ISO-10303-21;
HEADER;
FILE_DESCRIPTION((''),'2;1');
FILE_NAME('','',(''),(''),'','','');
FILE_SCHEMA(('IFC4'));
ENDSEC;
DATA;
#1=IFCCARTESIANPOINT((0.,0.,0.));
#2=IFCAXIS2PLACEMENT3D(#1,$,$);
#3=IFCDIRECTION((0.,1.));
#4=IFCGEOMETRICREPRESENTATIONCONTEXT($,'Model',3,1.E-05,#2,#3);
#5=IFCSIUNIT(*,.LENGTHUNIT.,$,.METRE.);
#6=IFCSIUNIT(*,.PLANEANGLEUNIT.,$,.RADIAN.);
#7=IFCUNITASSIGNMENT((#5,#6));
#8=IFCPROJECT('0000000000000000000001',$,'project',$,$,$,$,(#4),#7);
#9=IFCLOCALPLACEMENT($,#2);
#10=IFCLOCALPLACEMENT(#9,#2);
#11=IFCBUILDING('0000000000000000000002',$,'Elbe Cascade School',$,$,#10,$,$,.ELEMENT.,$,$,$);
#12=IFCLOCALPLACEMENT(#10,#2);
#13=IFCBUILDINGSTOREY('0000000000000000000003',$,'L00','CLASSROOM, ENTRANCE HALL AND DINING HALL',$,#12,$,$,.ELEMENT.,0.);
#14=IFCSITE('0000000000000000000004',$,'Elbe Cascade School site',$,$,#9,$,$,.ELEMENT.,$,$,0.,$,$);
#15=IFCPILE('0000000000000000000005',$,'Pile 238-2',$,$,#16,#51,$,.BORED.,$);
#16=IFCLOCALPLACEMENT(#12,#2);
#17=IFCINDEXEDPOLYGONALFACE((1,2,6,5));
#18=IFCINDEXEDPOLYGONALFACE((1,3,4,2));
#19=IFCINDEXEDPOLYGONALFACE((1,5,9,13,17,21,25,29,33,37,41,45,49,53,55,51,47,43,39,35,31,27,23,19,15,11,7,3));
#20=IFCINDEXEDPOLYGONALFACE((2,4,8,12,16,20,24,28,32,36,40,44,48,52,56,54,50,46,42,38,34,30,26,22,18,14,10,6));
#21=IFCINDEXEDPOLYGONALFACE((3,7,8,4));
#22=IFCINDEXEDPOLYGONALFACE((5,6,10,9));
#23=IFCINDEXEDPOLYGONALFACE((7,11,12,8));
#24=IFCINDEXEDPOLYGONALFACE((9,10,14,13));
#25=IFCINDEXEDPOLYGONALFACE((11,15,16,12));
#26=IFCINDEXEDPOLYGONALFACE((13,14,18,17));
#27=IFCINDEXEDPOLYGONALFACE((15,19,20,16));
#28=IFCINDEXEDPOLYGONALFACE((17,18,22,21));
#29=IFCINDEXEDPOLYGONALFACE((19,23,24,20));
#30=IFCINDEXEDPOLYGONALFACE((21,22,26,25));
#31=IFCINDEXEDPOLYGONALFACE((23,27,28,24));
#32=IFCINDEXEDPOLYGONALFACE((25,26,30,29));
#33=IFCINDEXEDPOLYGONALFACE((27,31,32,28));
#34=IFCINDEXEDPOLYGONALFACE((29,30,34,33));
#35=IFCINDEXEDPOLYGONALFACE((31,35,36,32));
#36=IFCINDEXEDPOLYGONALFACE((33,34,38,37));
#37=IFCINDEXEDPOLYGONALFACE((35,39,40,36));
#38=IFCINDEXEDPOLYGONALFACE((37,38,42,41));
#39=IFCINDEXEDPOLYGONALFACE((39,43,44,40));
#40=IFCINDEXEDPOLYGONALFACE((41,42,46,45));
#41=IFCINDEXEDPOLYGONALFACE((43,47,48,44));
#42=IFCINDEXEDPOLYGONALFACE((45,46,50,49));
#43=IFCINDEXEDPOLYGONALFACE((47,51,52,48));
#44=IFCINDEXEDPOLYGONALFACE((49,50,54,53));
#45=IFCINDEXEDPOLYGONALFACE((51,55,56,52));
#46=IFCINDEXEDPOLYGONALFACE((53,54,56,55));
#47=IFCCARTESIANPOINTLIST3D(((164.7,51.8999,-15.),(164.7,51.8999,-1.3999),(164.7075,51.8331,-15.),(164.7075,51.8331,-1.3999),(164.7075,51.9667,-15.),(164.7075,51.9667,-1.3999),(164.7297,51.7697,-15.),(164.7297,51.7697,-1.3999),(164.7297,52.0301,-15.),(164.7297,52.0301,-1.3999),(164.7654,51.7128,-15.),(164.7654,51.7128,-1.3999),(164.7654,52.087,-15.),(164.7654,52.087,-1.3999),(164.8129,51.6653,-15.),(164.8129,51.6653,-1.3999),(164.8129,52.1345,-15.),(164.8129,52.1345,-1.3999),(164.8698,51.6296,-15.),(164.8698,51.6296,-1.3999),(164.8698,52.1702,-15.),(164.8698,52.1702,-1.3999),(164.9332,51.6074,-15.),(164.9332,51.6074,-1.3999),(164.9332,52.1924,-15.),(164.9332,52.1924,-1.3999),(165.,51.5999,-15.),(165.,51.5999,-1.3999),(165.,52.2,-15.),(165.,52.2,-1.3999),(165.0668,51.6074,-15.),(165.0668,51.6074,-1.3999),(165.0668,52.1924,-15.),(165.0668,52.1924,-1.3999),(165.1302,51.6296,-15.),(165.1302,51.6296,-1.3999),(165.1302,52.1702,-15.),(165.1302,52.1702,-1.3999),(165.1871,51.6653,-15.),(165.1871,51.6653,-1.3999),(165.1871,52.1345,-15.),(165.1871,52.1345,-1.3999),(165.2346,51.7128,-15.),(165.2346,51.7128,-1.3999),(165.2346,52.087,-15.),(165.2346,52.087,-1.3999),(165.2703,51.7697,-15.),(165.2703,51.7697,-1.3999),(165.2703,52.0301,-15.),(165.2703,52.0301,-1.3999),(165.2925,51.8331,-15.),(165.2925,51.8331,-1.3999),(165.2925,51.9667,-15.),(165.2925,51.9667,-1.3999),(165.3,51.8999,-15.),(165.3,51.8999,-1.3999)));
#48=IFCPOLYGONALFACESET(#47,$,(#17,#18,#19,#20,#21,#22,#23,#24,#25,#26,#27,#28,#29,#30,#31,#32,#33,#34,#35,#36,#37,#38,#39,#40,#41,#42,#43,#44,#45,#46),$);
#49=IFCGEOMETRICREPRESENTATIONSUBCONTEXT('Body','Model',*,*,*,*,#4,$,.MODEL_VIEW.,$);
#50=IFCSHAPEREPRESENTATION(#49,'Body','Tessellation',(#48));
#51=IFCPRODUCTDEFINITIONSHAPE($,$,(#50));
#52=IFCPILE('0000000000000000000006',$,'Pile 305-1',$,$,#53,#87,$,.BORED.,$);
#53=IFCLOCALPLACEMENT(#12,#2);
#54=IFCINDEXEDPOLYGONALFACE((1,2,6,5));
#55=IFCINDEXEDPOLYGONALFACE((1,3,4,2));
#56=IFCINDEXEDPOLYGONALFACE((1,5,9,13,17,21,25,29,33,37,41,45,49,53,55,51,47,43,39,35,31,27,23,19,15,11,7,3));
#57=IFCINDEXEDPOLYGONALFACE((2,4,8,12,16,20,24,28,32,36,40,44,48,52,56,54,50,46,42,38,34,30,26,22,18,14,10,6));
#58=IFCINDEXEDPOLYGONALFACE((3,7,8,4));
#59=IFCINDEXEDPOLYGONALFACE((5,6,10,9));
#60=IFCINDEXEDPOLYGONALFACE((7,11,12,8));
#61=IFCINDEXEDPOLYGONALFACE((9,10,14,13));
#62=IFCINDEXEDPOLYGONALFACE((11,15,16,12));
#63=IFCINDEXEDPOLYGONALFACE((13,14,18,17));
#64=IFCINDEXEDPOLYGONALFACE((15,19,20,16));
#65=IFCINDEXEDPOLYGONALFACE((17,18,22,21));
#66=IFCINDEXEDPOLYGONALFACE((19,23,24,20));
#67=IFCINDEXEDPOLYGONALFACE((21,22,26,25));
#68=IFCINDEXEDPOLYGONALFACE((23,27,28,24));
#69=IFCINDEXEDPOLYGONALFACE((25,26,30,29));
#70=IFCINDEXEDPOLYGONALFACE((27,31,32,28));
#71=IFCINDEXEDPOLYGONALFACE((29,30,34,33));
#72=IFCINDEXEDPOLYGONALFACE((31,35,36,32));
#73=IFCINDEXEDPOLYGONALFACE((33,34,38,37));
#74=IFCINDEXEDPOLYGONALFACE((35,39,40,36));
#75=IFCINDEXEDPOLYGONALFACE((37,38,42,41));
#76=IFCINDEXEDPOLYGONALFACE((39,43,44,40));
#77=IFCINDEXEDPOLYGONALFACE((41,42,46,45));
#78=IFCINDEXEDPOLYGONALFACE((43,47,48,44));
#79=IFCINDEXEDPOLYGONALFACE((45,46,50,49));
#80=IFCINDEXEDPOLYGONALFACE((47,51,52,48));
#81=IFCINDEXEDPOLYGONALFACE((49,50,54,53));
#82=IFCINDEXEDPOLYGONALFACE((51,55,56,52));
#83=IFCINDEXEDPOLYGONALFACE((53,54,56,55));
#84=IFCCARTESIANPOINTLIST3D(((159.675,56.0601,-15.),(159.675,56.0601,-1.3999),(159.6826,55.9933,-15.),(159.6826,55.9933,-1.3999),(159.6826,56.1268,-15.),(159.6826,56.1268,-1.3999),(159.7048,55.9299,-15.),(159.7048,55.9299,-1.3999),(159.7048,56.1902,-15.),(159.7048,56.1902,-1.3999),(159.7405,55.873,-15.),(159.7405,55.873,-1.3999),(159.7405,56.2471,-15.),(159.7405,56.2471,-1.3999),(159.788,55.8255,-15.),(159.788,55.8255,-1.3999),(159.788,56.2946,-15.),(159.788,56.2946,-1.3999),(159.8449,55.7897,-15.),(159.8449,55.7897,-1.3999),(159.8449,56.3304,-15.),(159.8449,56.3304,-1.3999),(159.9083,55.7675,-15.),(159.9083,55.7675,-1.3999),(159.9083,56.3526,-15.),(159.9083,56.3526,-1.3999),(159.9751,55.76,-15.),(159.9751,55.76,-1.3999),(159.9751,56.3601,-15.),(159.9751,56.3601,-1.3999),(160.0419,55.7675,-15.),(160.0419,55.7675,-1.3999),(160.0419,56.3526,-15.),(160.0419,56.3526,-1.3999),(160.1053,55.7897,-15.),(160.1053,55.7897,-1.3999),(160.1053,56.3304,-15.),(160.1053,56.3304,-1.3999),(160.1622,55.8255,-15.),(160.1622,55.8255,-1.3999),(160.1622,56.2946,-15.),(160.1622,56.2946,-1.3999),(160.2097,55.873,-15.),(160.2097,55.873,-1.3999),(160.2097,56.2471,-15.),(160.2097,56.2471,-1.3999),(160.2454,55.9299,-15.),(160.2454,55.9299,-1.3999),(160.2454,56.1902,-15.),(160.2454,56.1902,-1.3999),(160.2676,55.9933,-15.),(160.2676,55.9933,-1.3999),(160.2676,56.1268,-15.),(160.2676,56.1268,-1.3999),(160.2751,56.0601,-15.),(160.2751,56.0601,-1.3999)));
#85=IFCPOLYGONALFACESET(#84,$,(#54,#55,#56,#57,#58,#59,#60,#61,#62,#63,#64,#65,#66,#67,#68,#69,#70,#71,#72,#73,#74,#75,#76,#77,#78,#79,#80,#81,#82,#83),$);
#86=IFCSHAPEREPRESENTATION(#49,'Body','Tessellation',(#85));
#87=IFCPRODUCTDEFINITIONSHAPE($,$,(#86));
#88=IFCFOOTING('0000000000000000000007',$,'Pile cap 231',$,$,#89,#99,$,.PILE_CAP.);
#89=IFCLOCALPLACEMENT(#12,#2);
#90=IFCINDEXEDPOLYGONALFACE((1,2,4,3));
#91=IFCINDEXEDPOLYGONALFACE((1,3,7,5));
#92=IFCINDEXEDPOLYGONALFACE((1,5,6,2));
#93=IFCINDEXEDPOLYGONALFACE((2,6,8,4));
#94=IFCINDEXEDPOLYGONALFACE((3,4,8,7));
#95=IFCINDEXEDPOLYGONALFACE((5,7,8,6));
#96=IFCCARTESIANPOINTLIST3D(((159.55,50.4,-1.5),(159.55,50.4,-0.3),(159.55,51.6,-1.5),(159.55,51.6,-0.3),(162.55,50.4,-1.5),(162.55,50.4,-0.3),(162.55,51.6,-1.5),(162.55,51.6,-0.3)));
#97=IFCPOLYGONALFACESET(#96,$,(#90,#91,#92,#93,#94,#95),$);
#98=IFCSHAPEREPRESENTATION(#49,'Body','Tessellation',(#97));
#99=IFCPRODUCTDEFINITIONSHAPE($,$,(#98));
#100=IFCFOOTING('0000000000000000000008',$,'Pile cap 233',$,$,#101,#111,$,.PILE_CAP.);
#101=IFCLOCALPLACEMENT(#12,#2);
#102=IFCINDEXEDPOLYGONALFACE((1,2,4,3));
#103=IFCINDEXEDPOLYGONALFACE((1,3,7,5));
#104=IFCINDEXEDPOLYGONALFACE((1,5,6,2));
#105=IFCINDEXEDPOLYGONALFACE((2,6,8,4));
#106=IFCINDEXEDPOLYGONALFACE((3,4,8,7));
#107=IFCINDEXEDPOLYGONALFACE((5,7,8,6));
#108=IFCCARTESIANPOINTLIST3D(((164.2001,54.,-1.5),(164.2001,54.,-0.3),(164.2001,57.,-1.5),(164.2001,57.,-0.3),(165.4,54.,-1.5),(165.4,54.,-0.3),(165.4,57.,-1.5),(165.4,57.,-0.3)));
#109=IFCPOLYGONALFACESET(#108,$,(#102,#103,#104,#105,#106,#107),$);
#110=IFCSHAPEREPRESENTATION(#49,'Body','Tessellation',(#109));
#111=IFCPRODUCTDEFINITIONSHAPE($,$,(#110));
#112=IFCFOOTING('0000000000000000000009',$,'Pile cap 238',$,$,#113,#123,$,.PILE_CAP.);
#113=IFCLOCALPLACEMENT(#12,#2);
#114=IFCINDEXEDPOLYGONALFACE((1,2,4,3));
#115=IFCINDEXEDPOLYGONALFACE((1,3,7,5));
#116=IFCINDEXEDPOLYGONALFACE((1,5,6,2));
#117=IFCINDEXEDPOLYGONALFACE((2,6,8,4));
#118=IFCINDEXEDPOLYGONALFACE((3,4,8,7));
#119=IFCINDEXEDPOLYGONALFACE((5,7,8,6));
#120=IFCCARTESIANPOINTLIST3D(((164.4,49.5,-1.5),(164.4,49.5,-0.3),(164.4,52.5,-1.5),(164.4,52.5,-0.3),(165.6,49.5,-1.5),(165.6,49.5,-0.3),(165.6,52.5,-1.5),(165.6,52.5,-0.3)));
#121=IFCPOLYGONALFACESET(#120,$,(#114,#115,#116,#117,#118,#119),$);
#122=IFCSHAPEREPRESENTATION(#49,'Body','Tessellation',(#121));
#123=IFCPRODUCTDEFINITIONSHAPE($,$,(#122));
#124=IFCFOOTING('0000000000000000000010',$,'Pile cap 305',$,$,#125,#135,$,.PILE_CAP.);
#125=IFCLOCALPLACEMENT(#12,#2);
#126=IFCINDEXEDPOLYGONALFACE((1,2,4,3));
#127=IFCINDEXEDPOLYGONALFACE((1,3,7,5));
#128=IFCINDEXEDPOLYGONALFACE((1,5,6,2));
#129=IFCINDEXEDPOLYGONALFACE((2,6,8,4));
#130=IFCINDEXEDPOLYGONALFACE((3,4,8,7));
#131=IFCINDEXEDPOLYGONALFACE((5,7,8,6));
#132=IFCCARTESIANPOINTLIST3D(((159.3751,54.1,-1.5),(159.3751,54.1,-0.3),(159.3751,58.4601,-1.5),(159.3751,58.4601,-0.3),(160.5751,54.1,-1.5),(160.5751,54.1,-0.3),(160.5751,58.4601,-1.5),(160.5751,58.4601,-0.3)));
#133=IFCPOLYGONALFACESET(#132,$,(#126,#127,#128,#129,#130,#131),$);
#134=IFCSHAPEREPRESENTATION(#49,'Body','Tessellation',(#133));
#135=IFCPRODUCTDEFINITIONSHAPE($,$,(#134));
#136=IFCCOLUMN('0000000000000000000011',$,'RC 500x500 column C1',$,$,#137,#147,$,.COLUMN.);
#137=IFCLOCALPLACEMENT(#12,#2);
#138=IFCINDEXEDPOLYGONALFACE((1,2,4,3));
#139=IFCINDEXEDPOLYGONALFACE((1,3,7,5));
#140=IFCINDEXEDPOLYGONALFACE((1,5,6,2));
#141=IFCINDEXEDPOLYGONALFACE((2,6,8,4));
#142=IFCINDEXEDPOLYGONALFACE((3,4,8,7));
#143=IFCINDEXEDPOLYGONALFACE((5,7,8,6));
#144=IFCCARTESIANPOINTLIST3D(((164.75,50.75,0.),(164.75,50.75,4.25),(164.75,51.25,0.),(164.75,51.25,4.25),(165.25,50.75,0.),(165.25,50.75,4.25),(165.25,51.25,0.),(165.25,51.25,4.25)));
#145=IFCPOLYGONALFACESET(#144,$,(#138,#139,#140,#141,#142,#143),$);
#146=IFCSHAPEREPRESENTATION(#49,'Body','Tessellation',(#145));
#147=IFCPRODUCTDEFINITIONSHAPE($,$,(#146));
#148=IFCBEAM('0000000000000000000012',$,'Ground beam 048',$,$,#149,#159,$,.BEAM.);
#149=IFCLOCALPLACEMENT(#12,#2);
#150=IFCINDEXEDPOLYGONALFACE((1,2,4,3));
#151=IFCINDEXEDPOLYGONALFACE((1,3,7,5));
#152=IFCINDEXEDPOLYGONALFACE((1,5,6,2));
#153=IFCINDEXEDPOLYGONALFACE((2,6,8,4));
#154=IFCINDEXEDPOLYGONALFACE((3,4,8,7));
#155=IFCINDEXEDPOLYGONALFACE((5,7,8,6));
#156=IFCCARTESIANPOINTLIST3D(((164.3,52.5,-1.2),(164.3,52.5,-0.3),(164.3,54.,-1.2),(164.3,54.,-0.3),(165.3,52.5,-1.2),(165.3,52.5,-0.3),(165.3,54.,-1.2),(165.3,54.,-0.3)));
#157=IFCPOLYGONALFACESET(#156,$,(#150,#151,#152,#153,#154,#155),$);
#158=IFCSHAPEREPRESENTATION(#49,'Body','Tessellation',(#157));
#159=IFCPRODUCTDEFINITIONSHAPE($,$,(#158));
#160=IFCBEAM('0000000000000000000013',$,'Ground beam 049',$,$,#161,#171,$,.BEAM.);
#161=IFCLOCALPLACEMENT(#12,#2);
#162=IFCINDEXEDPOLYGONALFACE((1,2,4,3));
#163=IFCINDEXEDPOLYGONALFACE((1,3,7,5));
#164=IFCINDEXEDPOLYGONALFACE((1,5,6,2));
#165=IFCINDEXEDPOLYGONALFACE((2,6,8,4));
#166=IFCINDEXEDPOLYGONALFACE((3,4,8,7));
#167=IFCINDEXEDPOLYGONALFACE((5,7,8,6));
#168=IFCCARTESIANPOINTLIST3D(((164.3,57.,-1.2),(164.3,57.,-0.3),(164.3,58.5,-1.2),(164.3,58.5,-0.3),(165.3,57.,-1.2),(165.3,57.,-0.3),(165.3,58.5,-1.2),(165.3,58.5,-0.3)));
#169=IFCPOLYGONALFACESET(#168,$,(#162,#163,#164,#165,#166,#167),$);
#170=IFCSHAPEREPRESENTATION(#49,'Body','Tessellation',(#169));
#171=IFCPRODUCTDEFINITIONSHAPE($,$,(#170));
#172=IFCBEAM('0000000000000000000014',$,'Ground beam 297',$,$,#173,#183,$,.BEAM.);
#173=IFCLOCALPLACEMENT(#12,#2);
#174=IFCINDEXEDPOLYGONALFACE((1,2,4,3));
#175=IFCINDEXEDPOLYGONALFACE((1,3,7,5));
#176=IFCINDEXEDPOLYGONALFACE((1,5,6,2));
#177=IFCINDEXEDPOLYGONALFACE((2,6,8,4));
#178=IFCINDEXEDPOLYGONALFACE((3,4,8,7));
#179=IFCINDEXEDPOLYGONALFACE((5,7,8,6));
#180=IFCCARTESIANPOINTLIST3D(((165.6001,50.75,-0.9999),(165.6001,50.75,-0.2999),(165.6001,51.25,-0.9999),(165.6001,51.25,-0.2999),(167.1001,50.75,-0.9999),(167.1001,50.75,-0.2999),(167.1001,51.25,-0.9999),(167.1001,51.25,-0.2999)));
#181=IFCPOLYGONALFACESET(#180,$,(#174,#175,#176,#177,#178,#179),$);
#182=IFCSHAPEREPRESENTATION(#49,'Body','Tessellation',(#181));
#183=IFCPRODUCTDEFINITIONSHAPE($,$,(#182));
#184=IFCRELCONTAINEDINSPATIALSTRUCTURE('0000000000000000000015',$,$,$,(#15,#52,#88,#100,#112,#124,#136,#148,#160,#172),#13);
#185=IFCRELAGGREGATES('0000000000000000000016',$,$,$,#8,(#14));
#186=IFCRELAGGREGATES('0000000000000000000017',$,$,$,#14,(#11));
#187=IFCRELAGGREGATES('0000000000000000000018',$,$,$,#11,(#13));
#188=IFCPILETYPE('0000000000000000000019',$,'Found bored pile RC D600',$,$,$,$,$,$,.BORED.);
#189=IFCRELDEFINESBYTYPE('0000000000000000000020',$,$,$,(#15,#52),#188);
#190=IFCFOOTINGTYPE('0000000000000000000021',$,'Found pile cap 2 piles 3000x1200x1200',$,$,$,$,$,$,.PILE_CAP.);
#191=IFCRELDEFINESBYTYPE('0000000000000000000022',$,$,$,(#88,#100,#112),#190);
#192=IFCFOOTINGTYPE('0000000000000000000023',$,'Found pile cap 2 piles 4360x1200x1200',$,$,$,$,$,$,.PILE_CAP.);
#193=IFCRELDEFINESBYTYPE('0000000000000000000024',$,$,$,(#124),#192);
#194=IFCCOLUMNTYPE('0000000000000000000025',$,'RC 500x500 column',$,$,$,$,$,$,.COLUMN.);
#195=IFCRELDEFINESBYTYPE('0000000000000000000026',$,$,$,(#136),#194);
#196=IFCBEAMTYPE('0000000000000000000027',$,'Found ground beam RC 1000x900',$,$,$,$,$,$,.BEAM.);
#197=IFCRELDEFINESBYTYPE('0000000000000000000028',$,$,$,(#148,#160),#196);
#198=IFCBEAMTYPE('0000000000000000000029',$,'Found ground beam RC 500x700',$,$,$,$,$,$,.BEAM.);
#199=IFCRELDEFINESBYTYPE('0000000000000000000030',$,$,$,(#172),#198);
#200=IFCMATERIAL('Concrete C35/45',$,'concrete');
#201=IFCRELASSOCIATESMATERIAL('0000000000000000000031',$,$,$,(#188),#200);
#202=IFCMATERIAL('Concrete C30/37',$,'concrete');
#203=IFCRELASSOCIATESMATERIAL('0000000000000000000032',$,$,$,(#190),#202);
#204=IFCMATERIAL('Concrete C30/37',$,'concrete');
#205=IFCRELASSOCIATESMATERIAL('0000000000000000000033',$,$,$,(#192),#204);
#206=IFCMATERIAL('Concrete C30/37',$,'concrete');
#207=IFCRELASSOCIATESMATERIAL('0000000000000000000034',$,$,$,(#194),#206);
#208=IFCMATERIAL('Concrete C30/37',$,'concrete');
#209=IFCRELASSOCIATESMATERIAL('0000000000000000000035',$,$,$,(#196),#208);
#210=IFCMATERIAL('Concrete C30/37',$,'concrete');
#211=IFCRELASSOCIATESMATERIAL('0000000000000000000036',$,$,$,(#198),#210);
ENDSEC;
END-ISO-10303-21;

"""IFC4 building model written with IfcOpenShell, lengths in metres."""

from ifc_helpers import new_model, si_unit, direction, frame, origin, origin_2d, place, context, subcontext, project, spatial, rectangle, circle, extrude, material, material_profile, profile_set, type_object, element, save


model = new_model("IFC4")

# Units and contexts
model_context = context("Model", 3, precision=1e-05, world=origin(), true_north=direction((0.0, 1.0)))
body_context = subcontext(model_context, "Body", "Model", "MODEL_VIEW")
ifc_project = project(units=[si_unit("LENGTHUNIT", "METRE"), si_unit("PLANEANGLEUNIT", "RADIAN")], contexts=[model_context])

# Site, building, storey
site_placement = place(None, origin())
site = spatial("IfcSite", under=ifc_project, at=site_placement, Name="Elbe Cascade School site", CompositionType="ELEMENT", RefElevation=0.0)
building_placement = place(site_placement, origin())
building = spatial("IfcBuilding", under=site, at=building_placement, Name="Elbe Cascade School", CompositionType="ELEMENT")
storey_placement = place(building_placement, origin())
storey = spatial("IfcBuildingStorey", under=building, at=storey_placement, Name="L00", Description="CLASSROOM, ENTRANCE HALL AND DINING HALL", CompositionType="ELEMENT", Elevation=0.0)

# Piles
ifc_material_1 = material(Name="Concrete C35/45", Category="concrete")
ifc_material_profile_1 = material_profile(ifc_material_1, circle(Radius=0.3, at=origin_2d()), Name="RC D600")
ifc_profile_set_1 = profile_set([ifc_material_profile_1], Name="Concrete C35/45")
pile_type = type_object("IfcPileType", Name="Found bored pile RC D600", PredefinedType="BORED", material=ifc_profile_set_1)
for number, where, z_axis, x_axis, name in (
    (1, (165.0, 51.8999, -1.3999), (0.0, 0.0, -1.0), (1.0, 0.0, 0.0), "Pile 238-2"),
    (2, (159.9751, 56.0601, -1.3999), (0.0, 0.0, -1.0), (1.0, 0.0, 0.0), "Pile 305-1"),
):
    element("IfcPile", number, at=place(storey_placement, frame(where, z_axis=z_axis, x_axis=x_axis)), inside=storey, type_object=pile_type, Name=name, PredefinedType="BORED", context=body_context, shape_type="SweptSolid", body=[
        extrude(circle(Radius=0.3, at=origin_2d()), origin(), (0.0, 0.0, 1.0), 13.6001),
    ])

# Footings
ifc_material_2 = material(Name="Concrete C30/37", Category="concrete")
footing_type_1 = type_object("IfcFootingType", Name="Found pile cap 2 piles 3000x1200x1200", PredefinedType="PILE_CAP", material=ifc_material_2)
footing_1_placement = place(storey_placement, frame((161.05, 51.0, -1.5), z_axis=(0.0, 0.0, 1.0), x_axis=(1.0, 0.0, 0.0)))
element("IfcFooting", 3, at=footing_1_placement, inside=storey, type_object=footing_type_1, Name="Pile cap 231", PredefinedType="PILE_CAP", context=body_context, shape_type="SweptSolid", body=[
    extrude(rectangle(XDim=3.0, YDim=1.2, at=origin_2d()), origin(), (0.0, 0.0, 1.0), 1.2),
])
for number, where, z_axis, x_axis, name in (
    (4, (164.8, 55.5, -1.5), (0.0, 0.0, 1.0), (1.0, 0.0, 0.0), "Pile cap 233"),
    (5, (165.0, 51.0, -1.5), (0.0, 0.0, 1.0), (1.0, 0.0, 0.0), "Pile cap 238"),
):
    element("IfcFooting", number, at=place(storey_placement, frame(where, z_axis=z_axis, x_axis=x_axis)), inside=storey, type_object=footing_type_1, Name=name, PredefinedType="PILE_CAP", context=body_context, shape_type="SweptSolid", body=[
        extrude(rectangle(XDim=1.2, YDim=3.0, at=origin_2d()), origin(), (0.0, 0.0, 1.0), 1.2),
    ])
ifc_material_3 = material(Name="Concrete C30/37", Category="concrete")
footing_type_2 = type_object("IfcFootingType", Name="Found pile cap 2 piles 4360x1200x1200", PredefinedType="PILE_CAP", material=ifc_material_3)
footing_2_placement = place(storey_placement, frame((159.9751, 56.28, -1.5), z_axis=(0.0, 0.0, 1.0), x_axis=(1.0, 0.0, 0.0)))
element("IfcFooting", 6, at=footing_2_placement, inside=storey, type_object=footing_type_2, Name="Pile cap 305", PredefinedType="PILE_CAP", context=body_context, shape_type="SweptSolid", body=[
    extrude(rectangle(XDim=1.2, YDim=4.3601, at=origin_2d()), origin(), (0.0, 0.0, 1.0), 1.2),
])

# Column
ifc_material_4 = material(Name="Concrete C30/37", Category="concrete")
ifc_material_profile_2 = material_profile(ifc_material_4, rectangle(XDim=0.5, YDim=0.5, at=origin_2d()), Name="RC 500x500")
ifc_profile_set_2 = profile_set([ifc_material_profile_2], Name="Concrete C30/37")
column_type = type_object("IfcColumnType", Name="RC 500x500 column", PredefinedType="COLUMN", material=ifc_profile_set_2)
column_placement = place(storey_placement, frame((165.0, 51.0, 0.0), z_axis=(0.0, 0.0, 1.0), x_axis=(1.0, 0.0, 0.0)))
element("IfcColumn", 7, at=column_placement, inside=storey, type_object=column_type, Name="RC 500x500 column C1", PredefinedType="COLUMN", context=body_context, shape_type="SweptSolid", body=[
    extrude(rectangle(XDim=0.5, YDim=0.5, at=origin_2d()), origin(), (0.0, 0.0, 1.0), 4.25),
])

# Beams
ifc_material_5 = material(Name="Concrete C30/37", Category="concrete")
ifc_material_profile_3 = material_profile(ifc_material_5, rectangle(XDim=1.0, YDim=0.8999, at=origin_2d()), Name="RC 1000x900")
ifc_profile_set_3 = profile_set([ifc_material_profile_3], Name="Concrete C30/37")
beam_type_1 = type_object("IfcBeamType", Name="Found ground beam RC 1000x900", PredefinedType="BEAM", material=ifc_profile_set_3)
for number, where, z_axis, x_axis, name in (
    (8, (164.8, 52.5, -0.75), (0.0, 1.0, 0.0), (-1.0, 0.0, 0.0), "Ground beam 048"),
    (9, (164.8, 57.0, -0.75), (0.0, 1.0, 0.0), (-1.0, 0.0, 0.0), "Ground beam 049"),
):
    element("IfcBeam", number, at=place(storey_placement, frame(where, z_axis=z_axis, x_axis=x_axis)), inside=storey, type_object=beam_type_1, Name=name, PredefinedType="BEAM", context=body_context, shape_type="SweptSolid", body=[
        extrude(rectangle(XDim=1.0, YDim=0.8999, at=origin_2d()), origin(), (0.0, 0.0, 1.0), 1.5),
    ])
ifc_material_6 = material(Name="Concrete C30/37", Category="concrete")
ifc_material_profile_4 = material_profile(ifc_material_6, rectangle(XDim=0.5, YDim=0.7, at=origin_2d()), Name="RC 500x700")
ifc_profile_set_4 = profile_set([ifc_material_profile_4], Name="Concrete C30/37")
beam_type_2 = type_object("IfcBeamType", Name="Found ground beam RC 500x700", PredefinedType="BEAM", material=ifc_profile_set_4)
beam_1_placement = place(storey_placement, frame((165.6001, 51.0, -0.6499), z_axis=(1.0, 0.0, 0.0), x_axis=(0.0, 1.0, 0.0)))
element("IfcBeam", 10, at=beam_1_placement, inside=storey, type_object=beam_type_2, Name="Ground beam 297", PredefinedType="BEAM", context=body_context, shape_type="SweptSolid", body=[
    extrude(rectangle(XDim=0.5, YDim=0.7, at=origin_2d()), origin(), (0.0, 0.0, 1.0), 1.5),
])

save(model, "model.ifc")
